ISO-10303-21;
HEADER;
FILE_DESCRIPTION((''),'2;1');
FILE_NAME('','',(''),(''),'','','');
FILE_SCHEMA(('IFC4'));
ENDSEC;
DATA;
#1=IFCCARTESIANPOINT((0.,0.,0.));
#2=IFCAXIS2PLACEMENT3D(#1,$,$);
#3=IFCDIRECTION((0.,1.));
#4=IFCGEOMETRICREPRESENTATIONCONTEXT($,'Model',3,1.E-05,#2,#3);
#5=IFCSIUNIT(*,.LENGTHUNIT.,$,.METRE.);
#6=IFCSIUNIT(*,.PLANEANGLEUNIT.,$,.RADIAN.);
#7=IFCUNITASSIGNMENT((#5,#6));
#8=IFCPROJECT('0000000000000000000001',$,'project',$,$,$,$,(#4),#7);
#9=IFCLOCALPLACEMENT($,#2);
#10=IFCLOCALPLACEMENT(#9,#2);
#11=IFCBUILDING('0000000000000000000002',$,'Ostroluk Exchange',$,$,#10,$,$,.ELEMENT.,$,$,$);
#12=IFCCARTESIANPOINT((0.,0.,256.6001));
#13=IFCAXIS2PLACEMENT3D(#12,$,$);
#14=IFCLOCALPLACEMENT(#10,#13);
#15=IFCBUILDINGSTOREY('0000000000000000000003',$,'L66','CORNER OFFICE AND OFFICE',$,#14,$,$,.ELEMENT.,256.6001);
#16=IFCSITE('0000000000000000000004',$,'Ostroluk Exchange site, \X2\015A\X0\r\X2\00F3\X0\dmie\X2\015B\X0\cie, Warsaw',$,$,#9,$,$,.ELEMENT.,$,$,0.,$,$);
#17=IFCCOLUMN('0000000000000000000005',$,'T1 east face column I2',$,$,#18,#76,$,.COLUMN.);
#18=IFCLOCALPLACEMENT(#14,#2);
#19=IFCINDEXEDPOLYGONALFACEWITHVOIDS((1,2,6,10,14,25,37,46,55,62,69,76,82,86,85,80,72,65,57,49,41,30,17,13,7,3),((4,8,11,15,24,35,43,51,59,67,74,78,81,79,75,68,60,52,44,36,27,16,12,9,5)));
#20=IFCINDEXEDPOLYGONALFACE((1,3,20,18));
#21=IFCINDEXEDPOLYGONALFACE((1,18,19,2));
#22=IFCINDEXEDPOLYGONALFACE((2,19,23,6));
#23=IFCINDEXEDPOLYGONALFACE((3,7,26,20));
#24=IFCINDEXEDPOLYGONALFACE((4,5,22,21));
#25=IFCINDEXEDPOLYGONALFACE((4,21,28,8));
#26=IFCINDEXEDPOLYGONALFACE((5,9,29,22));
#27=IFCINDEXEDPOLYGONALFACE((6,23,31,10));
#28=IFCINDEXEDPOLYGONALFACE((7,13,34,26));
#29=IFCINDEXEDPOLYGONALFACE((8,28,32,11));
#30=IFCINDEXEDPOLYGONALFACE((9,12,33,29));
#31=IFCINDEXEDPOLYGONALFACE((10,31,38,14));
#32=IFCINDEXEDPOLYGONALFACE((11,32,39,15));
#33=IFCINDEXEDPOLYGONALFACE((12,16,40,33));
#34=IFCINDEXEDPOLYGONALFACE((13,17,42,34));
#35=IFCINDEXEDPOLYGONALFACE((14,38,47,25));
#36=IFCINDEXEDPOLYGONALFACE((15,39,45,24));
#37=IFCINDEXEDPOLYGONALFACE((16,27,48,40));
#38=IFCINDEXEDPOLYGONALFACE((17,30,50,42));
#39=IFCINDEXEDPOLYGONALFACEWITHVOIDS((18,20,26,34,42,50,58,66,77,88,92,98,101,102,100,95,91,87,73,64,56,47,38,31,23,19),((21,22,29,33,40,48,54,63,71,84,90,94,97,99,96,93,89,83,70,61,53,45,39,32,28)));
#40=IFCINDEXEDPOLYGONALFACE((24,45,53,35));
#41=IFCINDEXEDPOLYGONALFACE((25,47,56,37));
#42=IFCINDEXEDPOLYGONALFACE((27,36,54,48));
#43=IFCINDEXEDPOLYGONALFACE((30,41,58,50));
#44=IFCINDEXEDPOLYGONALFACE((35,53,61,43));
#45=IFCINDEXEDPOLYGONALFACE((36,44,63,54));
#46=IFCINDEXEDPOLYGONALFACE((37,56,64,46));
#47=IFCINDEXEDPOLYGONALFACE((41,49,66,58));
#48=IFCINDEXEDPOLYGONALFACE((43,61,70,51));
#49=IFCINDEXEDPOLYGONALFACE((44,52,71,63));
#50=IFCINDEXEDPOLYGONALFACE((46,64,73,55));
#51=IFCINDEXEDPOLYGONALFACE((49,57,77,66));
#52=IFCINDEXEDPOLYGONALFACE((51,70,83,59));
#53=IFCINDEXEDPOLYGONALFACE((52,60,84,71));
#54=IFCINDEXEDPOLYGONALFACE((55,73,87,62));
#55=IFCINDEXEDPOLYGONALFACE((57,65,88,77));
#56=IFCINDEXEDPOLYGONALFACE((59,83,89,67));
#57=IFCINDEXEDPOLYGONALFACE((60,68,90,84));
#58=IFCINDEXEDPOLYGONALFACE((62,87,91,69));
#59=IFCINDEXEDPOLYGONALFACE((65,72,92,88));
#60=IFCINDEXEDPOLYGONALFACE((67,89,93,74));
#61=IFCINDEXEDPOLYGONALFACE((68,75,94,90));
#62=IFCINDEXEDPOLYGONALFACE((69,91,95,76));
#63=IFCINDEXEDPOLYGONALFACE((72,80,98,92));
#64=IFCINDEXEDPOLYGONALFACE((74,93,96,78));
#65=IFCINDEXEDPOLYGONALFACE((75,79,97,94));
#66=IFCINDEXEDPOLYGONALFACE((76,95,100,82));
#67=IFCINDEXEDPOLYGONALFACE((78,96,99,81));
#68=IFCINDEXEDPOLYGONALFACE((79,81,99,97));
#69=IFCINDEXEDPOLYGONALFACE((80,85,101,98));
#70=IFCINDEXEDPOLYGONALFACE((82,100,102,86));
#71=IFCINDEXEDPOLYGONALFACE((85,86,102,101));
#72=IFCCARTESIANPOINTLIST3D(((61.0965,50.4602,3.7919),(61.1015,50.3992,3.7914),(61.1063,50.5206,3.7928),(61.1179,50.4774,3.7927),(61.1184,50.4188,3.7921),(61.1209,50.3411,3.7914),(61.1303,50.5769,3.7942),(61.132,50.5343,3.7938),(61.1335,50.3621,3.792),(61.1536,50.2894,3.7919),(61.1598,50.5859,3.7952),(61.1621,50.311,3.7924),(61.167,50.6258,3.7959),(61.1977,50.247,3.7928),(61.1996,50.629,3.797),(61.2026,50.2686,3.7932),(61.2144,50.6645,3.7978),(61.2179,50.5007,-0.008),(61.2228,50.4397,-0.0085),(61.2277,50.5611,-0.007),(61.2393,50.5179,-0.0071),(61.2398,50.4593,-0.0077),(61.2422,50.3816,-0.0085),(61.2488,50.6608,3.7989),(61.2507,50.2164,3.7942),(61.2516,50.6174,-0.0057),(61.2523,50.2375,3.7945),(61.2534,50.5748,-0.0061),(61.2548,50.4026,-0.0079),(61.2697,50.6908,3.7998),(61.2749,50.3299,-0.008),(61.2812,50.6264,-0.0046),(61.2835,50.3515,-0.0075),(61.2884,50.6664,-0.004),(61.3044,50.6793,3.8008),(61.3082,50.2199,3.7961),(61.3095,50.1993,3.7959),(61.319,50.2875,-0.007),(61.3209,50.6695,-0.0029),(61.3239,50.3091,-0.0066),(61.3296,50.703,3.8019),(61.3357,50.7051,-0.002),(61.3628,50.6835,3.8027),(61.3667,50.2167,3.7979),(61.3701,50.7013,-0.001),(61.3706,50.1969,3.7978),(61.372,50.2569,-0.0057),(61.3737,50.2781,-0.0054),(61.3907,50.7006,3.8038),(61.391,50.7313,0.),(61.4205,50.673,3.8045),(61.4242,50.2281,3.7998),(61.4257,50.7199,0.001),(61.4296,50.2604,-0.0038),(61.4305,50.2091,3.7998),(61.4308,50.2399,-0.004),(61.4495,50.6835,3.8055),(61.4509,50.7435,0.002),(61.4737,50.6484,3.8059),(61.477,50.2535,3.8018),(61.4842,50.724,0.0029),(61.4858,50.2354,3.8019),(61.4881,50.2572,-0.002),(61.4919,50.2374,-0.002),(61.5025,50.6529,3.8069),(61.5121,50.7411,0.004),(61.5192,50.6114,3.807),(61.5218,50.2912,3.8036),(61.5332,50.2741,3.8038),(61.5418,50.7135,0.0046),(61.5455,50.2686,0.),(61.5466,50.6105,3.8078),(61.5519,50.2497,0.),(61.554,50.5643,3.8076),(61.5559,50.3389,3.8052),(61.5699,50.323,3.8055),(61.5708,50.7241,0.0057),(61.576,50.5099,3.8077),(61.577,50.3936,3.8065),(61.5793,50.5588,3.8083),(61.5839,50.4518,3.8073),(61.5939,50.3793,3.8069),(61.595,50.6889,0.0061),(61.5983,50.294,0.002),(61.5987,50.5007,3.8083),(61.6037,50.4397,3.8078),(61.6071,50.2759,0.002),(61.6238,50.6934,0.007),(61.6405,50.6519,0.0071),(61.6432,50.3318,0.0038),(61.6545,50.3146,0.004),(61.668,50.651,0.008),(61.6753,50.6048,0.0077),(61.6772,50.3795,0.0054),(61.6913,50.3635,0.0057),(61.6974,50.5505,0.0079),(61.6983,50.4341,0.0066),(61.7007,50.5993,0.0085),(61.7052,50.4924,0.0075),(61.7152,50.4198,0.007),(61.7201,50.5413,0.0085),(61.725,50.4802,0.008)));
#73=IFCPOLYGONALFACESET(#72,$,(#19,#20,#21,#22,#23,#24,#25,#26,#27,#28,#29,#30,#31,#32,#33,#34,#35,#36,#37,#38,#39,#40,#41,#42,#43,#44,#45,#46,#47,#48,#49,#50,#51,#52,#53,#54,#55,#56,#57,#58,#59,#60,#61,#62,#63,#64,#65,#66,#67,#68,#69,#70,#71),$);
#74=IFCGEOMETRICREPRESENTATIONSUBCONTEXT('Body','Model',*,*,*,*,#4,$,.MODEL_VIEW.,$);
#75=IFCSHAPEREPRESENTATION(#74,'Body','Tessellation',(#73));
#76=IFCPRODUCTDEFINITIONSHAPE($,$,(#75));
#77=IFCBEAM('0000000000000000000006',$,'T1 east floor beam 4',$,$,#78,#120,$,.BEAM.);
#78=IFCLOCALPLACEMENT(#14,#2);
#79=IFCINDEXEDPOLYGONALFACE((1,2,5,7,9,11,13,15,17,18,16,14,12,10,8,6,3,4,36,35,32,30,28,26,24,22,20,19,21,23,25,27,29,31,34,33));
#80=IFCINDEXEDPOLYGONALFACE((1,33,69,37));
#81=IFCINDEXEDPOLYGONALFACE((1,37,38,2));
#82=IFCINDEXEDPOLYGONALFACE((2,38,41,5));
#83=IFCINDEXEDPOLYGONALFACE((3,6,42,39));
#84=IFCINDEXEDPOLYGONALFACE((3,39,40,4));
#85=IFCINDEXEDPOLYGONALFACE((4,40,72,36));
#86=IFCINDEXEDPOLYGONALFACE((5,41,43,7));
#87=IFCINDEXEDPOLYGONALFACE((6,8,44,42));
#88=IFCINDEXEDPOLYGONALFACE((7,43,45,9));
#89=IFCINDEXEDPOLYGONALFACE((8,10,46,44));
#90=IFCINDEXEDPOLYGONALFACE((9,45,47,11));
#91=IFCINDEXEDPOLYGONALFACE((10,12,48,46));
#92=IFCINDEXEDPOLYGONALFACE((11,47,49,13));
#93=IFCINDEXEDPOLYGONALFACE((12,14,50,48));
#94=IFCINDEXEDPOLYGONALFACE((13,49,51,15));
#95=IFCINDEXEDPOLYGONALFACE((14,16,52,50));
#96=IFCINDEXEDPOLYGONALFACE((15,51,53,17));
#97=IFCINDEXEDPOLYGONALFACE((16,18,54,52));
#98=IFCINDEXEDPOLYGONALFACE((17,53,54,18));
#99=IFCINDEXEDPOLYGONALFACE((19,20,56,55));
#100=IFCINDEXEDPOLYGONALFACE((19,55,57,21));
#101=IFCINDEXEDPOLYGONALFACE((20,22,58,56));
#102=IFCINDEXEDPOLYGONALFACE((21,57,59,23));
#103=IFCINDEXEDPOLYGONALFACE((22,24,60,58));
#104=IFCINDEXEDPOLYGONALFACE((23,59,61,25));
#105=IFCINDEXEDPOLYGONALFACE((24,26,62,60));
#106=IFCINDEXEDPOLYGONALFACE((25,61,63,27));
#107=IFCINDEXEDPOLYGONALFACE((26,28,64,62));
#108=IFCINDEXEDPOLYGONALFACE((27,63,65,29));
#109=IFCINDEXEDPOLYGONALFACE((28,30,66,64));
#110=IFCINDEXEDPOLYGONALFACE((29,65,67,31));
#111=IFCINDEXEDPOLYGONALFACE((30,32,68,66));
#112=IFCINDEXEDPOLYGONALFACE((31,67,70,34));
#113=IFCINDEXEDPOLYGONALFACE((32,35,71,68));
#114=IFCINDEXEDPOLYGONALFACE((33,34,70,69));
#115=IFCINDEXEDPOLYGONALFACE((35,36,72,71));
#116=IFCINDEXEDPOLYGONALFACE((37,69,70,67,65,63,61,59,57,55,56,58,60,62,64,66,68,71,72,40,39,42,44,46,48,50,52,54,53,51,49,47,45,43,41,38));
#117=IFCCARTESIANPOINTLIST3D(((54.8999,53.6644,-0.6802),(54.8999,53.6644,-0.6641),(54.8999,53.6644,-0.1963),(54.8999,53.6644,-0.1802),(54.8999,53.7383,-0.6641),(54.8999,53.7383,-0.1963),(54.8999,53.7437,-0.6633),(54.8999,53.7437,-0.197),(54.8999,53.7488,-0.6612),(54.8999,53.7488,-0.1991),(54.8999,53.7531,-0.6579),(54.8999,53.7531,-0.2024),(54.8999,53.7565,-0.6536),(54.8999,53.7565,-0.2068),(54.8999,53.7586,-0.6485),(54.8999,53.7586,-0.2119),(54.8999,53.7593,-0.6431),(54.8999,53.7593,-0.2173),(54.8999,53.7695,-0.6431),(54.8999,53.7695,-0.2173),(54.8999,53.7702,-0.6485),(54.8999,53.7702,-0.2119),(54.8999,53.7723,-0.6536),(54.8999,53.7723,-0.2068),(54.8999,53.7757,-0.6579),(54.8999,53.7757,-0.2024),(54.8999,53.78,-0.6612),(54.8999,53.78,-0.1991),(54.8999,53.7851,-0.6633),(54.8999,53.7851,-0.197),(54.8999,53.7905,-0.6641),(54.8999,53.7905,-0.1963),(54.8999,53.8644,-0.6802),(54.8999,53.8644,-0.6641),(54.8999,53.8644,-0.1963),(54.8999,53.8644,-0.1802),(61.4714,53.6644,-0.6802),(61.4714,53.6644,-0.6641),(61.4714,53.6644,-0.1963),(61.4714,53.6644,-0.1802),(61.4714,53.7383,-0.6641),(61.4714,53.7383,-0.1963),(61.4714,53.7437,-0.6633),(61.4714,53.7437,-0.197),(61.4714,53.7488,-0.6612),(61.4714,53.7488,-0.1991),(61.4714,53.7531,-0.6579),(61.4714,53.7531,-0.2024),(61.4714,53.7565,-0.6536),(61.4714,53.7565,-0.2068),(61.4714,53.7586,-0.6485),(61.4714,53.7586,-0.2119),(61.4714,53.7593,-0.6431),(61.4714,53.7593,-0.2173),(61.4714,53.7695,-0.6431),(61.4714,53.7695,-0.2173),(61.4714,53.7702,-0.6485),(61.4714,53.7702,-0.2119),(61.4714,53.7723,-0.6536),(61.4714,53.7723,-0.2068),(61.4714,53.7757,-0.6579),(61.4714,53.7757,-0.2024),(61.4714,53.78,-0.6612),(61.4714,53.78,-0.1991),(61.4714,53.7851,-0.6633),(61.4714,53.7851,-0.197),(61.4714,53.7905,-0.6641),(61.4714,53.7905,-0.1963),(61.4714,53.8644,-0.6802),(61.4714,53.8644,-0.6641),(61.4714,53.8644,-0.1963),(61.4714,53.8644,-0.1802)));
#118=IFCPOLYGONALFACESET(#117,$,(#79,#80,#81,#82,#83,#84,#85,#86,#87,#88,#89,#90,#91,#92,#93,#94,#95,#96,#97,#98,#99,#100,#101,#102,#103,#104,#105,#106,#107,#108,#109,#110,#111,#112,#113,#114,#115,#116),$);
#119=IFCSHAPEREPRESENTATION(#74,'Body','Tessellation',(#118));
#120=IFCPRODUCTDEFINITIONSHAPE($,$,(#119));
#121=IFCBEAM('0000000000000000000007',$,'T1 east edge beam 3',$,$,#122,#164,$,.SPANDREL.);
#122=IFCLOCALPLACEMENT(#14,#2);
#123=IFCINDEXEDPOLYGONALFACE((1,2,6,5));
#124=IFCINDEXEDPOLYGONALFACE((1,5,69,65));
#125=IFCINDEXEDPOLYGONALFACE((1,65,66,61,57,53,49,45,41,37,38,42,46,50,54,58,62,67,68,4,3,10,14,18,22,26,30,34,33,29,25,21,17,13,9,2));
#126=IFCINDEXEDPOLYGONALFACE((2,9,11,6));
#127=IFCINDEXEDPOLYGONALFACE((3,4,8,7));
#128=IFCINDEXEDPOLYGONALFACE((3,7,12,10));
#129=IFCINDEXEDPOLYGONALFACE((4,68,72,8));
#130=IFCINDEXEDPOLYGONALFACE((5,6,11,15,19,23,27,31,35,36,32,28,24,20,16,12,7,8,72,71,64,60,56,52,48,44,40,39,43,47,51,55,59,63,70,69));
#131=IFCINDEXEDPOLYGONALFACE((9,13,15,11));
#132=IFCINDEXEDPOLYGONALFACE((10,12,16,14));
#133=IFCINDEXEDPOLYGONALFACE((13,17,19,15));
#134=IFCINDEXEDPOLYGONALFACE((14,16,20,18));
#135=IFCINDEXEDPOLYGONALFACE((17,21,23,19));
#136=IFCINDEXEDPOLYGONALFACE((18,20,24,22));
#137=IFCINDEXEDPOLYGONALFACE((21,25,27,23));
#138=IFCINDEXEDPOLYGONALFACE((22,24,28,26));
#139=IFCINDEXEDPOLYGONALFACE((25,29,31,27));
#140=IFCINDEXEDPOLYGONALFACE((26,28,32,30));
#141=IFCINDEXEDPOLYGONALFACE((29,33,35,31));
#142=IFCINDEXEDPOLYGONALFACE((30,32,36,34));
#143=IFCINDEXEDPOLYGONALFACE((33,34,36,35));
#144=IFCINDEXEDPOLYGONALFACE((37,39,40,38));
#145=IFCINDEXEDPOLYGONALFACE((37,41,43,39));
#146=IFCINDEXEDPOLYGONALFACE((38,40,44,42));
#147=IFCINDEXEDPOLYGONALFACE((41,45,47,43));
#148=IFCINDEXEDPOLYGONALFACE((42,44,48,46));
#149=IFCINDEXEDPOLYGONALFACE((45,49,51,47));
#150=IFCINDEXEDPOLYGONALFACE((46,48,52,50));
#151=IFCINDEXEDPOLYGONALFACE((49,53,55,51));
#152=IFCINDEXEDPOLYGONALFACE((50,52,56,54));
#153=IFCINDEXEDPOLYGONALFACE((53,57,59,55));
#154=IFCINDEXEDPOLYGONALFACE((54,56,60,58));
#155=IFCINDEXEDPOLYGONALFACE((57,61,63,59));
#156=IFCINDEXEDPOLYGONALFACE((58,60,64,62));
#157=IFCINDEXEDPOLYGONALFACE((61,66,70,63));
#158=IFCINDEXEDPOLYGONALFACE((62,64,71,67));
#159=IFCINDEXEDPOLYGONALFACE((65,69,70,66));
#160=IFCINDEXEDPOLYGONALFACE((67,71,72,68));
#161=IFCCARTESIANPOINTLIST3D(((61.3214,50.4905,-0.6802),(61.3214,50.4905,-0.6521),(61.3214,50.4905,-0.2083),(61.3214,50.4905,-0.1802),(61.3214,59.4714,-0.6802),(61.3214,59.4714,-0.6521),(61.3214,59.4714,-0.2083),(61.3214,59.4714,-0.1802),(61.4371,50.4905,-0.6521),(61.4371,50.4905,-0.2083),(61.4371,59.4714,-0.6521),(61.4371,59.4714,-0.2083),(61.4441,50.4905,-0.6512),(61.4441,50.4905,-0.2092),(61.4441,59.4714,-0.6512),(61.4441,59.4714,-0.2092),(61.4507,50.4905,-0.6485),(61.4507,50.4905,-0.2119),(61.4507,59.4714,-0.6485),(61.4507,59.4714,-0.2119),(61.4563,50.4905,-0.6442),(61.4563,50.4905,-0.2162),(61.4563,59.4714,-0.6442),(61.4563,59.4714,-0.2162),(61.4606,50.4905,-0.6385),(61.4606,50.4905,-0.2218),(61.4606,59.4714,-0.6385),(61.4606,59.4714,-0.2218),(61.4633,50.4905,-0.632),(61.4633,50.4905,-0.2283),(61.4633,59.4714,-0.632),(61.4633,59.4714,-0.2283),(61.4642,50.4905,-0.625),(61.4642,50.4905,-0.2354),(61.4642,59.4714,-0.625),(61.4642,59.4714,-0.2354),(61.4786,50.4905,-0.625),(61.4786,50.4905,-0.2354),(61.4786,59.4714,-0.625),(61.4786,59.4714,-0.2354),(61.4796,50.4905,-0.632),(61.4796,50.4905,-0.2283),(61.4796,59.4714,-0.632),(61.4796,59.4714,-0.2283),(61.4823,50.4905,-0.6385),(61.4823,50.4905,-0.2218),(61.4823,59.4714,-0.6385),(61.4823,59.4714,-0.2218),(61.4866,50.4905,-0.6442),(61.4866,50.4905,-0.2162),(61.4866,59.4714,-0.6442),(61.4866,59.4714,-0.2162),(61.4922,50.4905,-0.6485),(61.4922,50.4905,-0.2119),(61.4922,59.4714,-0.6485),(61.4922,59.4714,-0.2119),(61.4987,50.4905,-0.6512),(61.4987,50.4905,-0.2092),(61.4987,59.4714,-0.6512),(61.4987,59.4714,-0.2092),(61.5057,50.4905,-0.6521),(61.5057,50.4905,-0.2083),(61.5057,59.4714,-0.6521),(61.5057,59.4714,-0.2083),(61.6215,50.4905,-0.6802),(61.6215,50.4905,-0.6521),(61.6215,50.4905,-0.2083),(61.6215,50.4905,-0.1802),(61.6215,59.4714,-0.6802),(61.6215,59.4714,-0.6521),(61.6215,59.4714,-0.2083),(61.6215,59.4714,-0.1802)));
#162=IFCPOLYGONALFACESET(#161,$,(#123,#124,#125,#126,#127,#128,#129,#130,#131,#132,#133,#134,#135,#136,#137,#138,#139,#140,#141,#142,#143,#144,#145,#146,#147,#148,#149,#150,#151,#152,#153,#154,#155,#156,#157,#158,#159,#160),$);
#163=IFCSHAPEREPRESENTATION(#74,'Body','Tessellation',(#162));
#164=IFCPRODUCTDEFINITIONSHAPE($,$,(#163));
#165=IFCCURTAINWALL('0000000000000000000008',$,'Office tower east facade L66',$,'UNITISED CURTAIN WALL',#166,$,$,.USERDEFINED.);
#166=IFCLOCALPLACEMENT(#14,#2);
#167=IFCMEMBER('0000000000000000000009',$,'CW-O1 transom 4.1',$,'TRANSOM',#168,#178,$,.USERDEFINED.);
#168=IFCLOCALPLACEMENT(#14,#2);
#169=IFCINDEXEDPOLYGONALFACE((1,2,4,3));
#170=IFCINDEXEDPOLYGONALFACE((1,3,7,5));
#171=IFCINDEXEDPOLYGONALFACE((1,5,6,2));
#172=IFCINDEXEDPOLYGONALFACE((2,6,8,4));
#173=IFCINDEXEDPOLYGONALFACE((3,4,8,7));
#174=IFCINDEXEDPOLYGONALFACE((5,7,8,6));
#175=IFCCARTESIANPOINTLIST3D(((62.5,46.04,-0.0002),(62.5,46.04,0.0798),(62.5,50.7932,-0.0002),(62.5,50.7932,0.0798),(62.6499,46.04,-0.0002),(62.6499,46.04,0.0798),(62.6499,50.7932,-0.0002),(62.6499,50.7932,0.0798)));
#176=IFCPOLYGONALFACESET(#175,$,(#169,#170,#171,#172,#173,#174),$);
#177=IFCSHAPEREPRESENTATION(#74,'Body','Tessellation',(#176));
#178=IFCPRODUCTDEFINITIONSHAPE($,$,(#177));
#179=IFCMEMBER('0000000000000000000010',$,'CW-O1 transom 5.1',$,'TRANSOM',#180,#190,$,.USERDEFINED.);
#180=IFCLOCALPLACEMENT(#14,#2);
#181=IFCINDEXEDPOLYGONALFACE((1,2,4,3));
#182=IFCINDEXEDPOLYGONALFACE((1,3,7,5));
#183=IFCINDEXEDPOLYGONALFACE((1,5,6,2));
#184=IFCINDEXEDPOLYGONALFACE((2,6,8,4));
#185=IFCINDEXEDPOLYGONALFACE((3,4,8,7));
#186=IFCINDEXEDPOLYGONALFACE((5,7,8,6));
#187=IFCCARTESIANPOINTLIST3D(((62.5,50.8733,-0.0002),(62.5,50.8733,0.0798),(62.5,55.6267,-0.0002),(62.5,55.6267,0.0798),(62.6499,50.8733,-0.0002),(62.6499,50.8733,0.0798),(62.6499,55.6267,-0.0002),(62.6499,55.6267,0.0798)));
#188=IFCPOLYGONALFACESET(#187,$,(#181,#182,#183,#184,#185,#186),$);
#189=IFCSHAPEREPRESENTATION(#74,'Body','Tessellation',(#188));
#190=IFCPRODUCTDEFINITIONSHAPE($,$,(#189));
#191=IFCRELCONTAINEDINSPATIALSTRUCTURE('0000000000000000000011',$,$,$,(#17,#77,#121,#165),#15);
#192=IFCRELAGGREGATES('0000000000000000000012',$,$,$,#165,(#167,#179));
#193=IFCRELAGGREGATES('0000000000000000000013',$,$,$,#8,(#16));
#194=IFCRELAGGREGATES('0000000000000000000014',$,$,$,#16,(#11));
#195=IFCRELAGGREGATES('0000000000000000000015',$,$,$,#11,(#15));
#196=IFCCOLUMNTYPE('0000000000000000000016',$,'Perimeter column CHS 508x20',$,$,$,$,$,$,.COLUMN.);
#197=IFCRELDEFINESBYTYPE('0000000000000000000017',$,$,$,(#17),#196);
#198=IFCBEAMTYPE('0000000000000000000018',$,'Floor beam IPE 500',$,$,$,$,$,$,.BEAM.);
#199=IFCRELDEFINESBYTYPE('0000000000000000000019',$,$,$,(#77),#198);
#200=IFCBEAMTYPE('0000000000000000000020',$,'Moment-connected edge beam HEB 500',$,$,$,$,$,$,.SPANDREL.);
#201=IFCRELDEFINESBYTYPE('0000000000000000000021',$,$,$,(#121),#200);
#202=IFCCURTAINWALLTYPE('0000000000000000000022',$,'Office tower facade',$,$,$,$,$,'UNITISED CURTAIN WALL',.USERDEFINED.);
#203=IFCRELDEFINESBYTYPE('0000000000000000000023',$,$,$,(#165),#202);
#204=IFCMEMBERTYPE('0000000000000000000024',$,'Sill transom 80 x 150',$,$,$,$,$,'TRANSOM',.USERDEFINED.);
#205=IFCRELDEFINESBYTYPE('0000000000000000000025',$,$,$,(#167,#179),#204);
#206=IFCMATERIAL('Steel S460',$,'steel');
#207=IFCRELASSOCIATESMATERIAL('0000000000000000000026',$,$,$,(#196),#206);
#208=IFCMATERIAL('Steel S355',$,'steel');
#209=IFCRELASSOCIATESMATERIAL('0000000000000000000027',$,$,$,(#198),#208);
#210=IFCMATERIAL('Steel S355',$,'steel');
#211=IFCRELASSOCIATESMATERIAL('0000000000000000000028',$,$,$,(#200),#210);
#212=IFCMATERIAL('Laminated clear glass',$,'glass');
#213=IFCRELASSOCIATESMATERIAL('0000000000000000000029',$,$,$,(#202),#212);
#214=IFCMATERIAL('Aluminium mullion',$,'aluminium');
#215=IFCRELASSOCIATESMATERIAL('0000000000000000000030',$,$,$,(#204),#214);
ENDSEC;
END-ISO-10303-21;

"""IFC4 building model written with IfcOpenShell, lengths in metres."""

from ifc_helpers import new_model, si_unit, direction, frame, origin, origin_2d, place, context, subcontext, project, spatial, rectangle, hollow_circle, i_section, extrude, material, material_profile, profile_set, type_object, element, aggregate, save


model = new_model("IFC4")

# Units and contexts
model_context = context("Model", 3, precision=1e-05, world=origin(), true_north=direction((0.0, 1.0)))
body_context = subcontext(model_context, "Body", "Model", "MODEL_VIEW")
ifc_project = project(units=[si_unit("LENGTHUNIT", "METRE"), si_unit("PLANEANGLEUNIT", "RADIAN")], contexts=[model_context])

# Site, building, storey
site_placement = place(None, origin())
site = spatial("IfcSite", under=ifc_project, at=site_placement, Name="Ostroluk Exchange site, Śródmieście, Warsaw", CompositionType="ELEMENT", RefElevation=0.0)
building_placement = place(site_placement, origin())
building = spatial("IfcBuilding", under=site, at=building_placement, Name="Ostroluk Exchange", CompositionType="ELEMENT")
storey_placement = place(building_placement, frame((0.0, 0.0, 256.6001)))
storey = spatial("IfcBuildingStorey", under=building, at=storey_placement, Name="L66", Description="CORNER OFFICE AND OFFICE", CompositionType="ELEMENT", Elevation=256.6001)

# Column
ifc_material_1 = material(Name="Steel S460", Category="steel")
ifc_material_profile_1 = material_profile(ifc_material_1, hollow_circle(Radius=0.2539, WallThickness=0.02, at=origin_2d()), Name="CHS 508x20")
ifc_profile_set_1 = profile_set([ifc_material_profile_1], Name="Steel S460")
column_type = type_object("IfcColumnType", Name="Perimeter column CHS 508x20", PredefinedType="COLUMN", material=ifc_profile_set_1)
column_placement = place(storey_placement, frame((61.4714, 50.4905, 0.0), z_axis=(-0.031915, -0.01066, 0.999434), x_axis=(0.3168, -0.948492, 0.0)))
element("IfcColumn", 1, at=column_placement, inside=storey, type_object=column_type, Name="T1 east face column I2", PredefinedType="COLUMN", context=body_context, shape_type="SweptSolid", body=[
    extrude(hollow_circle(Radius=0.2539, WallThickness=0.02, at=origin_2d()), origin(), (0.0, 0.0, 1.0), 3.802),
])

# Beams
ifc_material_2 = material(Name="Steel S355", Category="steel")
ifc_material_profile_2 = material_profile(ifc_material_2, i_section(OverallWidth=0.2, OverallDepth=0.5, WebThickness=0.0103, FlangeThickness=0.0161, FilletRadius=0.021, at=origin_2d()), Name="IPE 500")
ifc_profile_set_2 = profile_set([ifc_material_profile_2], Name="Steel S355")
beam_type_1 = type_object("IfcBeamType", Name="Floor beam IPE 500", PredefinedType="BEAM", material=ifc_profile_set_2)
beam_1_placement = place(storey_placement, frame((54.8999, 53.7644, -0.4302), z_axis=(1.0, 0.0, 0.0), x_axis=(0.0, 1.0, 0.0)))
element("IfcBeam", 2, at=beam_1_placement, inside=storey, type_object=beam_type_1, Name="T1 east floor beam 4", PredefinedType="BEAM", context=body_context, shape_type="SweptSolid", body=[
    extrude(i_section(OverallWidth=0.2, OverallDepth=0.5, WebThickness=0.0103, FlangeThickness=0.0161, FilletRadius=0.021, at=origin_2d()), origin(), (0.0, 0.0, 1.0), 6.5715),
])
ifc_material_3 = material(Name="Steel S355", Category="steel")
ifc_material_profile_3 = material_profile(ifc_material_3, i_section(OverallWidth=0.3, OverallDepth=0.5, WebThickness=0.0144, FlangeThickness=0.0281, FilletRadius=0.0271, at=origin_2d()), Name="HEB 500")
ifc_profile_set_3 = profile_set([ifc_material_profile_3], Name="Steel S355")
beam_type_2 = type_object("IfcBeamType", Name="Moment-connected edge beam HEB 500", PredefinedType="SPANDREL", material=ifc_profile_set_3)
beam_2_placement = place(storey_placement, frame((61.4714, 50.4905, -0.4302), z_axis=(0.0, 1.0, 0.0), x_axis=(-1.0, 0.0, 0.0)))
element("IfcBeam", 3, at=beam_2_placement, inside=storey, type_object=beam_type_2, Name="T1 east edge beam 3", PredefinedType="SPANDREL", context=body_context, shape_type="SweptSolid", body=[
    extrude(i_section(OverallWidth=0.3, OverallDepth=0.5, WebThickness=0.0144, FlangeThickness=0.0281, FilletRadius=0.0271, at=origin_2d()), origin(), (0.0, 0.0, 1.0), 8.981),
])

# Curtain wall, members
ifc_material_4 = material(Name="Laminated clear glass", Category="glass")
curtain_wall_type = type_object("IfcCurtainWallType", Name="Office tower facade", ElementType="UNITISED CURTAIN WALL", PredefinedType="USERDEFINED", material=ifc_material_4)
curtain_wall_placement = place(storey_placement, origin())
curtain_wall = element("IfcCurtainWall", 4, at=curtain_wall_placement, inside=storey, type_object=curtain_wall_type, Name="Office tower east facade L66", ObjectType="UNITISED CURTAIN WALL", PredefinedType="USERDEFINED")
ifc_material_5 = material(Name="Aluminium mullion", Category="aluminium")
ifc_material_profile_4 = material_profile(ifc_material_5, rectangle(XDim=0.1499, YDim=0.0801, at=origin_2d()), Name="Sill transom 80 x 150")
ifc_profile_set_4 = profile_set([ifc_material_profile_4], Name="Aluminium mullion")
member_type_1 = type_object("IfcMemberType", Name="Sill transom 80 x 150", ElementType="TRANSOM", PredefinedType="USERDEFINED", material=ifc_profile_set_4)
member_1_placement = place(storey_placement, frame((62.575, 46.04, 0.0398), z_axis=(0.0, 1.0, 0.0), x_axis=(-1.0, 0.0, 0.0)))
member_1 = element("IfcMember", 5, at=member_1_placement, type_object=member_type_1, Name="CW-O1 transom 4.1", ObjectType="TRANSOM", PredefinedType="USERDEFINED", context=body_context, shape_type="SweptSolid", body=[
    extrude(rectangle(XDim=0.1499, YDim=0.0801, at=origin_2d()), origin(), (0.0, 0.0, 1.0), 4.7532),
])
member_2_placement = place(storey_placement, frame((62.575, 50.8733, 0.0398), z_axis=(0.0, 1.0, 0.0), x_axis=(-1.0, 0.0, 0.0)))
member_2 = element("IfcMember", 6, at=member_2_placement, type_object=member_type_1, Name="CW-O1 transom 5.1", ObjectType="TRANSOM", PredefinedType="USERDEFINED", context=body_context, shape_type="SweptSolid", body=[
    extrude(rectangle(XDim=0.1499, YDim=0.0801, at=origin_2d()), origin(), (0.0, 0.0, 1.0), 4.7534),
])
aggregate(curtain_wall, [member_1, member_2])

save(model, "model.ifc")
